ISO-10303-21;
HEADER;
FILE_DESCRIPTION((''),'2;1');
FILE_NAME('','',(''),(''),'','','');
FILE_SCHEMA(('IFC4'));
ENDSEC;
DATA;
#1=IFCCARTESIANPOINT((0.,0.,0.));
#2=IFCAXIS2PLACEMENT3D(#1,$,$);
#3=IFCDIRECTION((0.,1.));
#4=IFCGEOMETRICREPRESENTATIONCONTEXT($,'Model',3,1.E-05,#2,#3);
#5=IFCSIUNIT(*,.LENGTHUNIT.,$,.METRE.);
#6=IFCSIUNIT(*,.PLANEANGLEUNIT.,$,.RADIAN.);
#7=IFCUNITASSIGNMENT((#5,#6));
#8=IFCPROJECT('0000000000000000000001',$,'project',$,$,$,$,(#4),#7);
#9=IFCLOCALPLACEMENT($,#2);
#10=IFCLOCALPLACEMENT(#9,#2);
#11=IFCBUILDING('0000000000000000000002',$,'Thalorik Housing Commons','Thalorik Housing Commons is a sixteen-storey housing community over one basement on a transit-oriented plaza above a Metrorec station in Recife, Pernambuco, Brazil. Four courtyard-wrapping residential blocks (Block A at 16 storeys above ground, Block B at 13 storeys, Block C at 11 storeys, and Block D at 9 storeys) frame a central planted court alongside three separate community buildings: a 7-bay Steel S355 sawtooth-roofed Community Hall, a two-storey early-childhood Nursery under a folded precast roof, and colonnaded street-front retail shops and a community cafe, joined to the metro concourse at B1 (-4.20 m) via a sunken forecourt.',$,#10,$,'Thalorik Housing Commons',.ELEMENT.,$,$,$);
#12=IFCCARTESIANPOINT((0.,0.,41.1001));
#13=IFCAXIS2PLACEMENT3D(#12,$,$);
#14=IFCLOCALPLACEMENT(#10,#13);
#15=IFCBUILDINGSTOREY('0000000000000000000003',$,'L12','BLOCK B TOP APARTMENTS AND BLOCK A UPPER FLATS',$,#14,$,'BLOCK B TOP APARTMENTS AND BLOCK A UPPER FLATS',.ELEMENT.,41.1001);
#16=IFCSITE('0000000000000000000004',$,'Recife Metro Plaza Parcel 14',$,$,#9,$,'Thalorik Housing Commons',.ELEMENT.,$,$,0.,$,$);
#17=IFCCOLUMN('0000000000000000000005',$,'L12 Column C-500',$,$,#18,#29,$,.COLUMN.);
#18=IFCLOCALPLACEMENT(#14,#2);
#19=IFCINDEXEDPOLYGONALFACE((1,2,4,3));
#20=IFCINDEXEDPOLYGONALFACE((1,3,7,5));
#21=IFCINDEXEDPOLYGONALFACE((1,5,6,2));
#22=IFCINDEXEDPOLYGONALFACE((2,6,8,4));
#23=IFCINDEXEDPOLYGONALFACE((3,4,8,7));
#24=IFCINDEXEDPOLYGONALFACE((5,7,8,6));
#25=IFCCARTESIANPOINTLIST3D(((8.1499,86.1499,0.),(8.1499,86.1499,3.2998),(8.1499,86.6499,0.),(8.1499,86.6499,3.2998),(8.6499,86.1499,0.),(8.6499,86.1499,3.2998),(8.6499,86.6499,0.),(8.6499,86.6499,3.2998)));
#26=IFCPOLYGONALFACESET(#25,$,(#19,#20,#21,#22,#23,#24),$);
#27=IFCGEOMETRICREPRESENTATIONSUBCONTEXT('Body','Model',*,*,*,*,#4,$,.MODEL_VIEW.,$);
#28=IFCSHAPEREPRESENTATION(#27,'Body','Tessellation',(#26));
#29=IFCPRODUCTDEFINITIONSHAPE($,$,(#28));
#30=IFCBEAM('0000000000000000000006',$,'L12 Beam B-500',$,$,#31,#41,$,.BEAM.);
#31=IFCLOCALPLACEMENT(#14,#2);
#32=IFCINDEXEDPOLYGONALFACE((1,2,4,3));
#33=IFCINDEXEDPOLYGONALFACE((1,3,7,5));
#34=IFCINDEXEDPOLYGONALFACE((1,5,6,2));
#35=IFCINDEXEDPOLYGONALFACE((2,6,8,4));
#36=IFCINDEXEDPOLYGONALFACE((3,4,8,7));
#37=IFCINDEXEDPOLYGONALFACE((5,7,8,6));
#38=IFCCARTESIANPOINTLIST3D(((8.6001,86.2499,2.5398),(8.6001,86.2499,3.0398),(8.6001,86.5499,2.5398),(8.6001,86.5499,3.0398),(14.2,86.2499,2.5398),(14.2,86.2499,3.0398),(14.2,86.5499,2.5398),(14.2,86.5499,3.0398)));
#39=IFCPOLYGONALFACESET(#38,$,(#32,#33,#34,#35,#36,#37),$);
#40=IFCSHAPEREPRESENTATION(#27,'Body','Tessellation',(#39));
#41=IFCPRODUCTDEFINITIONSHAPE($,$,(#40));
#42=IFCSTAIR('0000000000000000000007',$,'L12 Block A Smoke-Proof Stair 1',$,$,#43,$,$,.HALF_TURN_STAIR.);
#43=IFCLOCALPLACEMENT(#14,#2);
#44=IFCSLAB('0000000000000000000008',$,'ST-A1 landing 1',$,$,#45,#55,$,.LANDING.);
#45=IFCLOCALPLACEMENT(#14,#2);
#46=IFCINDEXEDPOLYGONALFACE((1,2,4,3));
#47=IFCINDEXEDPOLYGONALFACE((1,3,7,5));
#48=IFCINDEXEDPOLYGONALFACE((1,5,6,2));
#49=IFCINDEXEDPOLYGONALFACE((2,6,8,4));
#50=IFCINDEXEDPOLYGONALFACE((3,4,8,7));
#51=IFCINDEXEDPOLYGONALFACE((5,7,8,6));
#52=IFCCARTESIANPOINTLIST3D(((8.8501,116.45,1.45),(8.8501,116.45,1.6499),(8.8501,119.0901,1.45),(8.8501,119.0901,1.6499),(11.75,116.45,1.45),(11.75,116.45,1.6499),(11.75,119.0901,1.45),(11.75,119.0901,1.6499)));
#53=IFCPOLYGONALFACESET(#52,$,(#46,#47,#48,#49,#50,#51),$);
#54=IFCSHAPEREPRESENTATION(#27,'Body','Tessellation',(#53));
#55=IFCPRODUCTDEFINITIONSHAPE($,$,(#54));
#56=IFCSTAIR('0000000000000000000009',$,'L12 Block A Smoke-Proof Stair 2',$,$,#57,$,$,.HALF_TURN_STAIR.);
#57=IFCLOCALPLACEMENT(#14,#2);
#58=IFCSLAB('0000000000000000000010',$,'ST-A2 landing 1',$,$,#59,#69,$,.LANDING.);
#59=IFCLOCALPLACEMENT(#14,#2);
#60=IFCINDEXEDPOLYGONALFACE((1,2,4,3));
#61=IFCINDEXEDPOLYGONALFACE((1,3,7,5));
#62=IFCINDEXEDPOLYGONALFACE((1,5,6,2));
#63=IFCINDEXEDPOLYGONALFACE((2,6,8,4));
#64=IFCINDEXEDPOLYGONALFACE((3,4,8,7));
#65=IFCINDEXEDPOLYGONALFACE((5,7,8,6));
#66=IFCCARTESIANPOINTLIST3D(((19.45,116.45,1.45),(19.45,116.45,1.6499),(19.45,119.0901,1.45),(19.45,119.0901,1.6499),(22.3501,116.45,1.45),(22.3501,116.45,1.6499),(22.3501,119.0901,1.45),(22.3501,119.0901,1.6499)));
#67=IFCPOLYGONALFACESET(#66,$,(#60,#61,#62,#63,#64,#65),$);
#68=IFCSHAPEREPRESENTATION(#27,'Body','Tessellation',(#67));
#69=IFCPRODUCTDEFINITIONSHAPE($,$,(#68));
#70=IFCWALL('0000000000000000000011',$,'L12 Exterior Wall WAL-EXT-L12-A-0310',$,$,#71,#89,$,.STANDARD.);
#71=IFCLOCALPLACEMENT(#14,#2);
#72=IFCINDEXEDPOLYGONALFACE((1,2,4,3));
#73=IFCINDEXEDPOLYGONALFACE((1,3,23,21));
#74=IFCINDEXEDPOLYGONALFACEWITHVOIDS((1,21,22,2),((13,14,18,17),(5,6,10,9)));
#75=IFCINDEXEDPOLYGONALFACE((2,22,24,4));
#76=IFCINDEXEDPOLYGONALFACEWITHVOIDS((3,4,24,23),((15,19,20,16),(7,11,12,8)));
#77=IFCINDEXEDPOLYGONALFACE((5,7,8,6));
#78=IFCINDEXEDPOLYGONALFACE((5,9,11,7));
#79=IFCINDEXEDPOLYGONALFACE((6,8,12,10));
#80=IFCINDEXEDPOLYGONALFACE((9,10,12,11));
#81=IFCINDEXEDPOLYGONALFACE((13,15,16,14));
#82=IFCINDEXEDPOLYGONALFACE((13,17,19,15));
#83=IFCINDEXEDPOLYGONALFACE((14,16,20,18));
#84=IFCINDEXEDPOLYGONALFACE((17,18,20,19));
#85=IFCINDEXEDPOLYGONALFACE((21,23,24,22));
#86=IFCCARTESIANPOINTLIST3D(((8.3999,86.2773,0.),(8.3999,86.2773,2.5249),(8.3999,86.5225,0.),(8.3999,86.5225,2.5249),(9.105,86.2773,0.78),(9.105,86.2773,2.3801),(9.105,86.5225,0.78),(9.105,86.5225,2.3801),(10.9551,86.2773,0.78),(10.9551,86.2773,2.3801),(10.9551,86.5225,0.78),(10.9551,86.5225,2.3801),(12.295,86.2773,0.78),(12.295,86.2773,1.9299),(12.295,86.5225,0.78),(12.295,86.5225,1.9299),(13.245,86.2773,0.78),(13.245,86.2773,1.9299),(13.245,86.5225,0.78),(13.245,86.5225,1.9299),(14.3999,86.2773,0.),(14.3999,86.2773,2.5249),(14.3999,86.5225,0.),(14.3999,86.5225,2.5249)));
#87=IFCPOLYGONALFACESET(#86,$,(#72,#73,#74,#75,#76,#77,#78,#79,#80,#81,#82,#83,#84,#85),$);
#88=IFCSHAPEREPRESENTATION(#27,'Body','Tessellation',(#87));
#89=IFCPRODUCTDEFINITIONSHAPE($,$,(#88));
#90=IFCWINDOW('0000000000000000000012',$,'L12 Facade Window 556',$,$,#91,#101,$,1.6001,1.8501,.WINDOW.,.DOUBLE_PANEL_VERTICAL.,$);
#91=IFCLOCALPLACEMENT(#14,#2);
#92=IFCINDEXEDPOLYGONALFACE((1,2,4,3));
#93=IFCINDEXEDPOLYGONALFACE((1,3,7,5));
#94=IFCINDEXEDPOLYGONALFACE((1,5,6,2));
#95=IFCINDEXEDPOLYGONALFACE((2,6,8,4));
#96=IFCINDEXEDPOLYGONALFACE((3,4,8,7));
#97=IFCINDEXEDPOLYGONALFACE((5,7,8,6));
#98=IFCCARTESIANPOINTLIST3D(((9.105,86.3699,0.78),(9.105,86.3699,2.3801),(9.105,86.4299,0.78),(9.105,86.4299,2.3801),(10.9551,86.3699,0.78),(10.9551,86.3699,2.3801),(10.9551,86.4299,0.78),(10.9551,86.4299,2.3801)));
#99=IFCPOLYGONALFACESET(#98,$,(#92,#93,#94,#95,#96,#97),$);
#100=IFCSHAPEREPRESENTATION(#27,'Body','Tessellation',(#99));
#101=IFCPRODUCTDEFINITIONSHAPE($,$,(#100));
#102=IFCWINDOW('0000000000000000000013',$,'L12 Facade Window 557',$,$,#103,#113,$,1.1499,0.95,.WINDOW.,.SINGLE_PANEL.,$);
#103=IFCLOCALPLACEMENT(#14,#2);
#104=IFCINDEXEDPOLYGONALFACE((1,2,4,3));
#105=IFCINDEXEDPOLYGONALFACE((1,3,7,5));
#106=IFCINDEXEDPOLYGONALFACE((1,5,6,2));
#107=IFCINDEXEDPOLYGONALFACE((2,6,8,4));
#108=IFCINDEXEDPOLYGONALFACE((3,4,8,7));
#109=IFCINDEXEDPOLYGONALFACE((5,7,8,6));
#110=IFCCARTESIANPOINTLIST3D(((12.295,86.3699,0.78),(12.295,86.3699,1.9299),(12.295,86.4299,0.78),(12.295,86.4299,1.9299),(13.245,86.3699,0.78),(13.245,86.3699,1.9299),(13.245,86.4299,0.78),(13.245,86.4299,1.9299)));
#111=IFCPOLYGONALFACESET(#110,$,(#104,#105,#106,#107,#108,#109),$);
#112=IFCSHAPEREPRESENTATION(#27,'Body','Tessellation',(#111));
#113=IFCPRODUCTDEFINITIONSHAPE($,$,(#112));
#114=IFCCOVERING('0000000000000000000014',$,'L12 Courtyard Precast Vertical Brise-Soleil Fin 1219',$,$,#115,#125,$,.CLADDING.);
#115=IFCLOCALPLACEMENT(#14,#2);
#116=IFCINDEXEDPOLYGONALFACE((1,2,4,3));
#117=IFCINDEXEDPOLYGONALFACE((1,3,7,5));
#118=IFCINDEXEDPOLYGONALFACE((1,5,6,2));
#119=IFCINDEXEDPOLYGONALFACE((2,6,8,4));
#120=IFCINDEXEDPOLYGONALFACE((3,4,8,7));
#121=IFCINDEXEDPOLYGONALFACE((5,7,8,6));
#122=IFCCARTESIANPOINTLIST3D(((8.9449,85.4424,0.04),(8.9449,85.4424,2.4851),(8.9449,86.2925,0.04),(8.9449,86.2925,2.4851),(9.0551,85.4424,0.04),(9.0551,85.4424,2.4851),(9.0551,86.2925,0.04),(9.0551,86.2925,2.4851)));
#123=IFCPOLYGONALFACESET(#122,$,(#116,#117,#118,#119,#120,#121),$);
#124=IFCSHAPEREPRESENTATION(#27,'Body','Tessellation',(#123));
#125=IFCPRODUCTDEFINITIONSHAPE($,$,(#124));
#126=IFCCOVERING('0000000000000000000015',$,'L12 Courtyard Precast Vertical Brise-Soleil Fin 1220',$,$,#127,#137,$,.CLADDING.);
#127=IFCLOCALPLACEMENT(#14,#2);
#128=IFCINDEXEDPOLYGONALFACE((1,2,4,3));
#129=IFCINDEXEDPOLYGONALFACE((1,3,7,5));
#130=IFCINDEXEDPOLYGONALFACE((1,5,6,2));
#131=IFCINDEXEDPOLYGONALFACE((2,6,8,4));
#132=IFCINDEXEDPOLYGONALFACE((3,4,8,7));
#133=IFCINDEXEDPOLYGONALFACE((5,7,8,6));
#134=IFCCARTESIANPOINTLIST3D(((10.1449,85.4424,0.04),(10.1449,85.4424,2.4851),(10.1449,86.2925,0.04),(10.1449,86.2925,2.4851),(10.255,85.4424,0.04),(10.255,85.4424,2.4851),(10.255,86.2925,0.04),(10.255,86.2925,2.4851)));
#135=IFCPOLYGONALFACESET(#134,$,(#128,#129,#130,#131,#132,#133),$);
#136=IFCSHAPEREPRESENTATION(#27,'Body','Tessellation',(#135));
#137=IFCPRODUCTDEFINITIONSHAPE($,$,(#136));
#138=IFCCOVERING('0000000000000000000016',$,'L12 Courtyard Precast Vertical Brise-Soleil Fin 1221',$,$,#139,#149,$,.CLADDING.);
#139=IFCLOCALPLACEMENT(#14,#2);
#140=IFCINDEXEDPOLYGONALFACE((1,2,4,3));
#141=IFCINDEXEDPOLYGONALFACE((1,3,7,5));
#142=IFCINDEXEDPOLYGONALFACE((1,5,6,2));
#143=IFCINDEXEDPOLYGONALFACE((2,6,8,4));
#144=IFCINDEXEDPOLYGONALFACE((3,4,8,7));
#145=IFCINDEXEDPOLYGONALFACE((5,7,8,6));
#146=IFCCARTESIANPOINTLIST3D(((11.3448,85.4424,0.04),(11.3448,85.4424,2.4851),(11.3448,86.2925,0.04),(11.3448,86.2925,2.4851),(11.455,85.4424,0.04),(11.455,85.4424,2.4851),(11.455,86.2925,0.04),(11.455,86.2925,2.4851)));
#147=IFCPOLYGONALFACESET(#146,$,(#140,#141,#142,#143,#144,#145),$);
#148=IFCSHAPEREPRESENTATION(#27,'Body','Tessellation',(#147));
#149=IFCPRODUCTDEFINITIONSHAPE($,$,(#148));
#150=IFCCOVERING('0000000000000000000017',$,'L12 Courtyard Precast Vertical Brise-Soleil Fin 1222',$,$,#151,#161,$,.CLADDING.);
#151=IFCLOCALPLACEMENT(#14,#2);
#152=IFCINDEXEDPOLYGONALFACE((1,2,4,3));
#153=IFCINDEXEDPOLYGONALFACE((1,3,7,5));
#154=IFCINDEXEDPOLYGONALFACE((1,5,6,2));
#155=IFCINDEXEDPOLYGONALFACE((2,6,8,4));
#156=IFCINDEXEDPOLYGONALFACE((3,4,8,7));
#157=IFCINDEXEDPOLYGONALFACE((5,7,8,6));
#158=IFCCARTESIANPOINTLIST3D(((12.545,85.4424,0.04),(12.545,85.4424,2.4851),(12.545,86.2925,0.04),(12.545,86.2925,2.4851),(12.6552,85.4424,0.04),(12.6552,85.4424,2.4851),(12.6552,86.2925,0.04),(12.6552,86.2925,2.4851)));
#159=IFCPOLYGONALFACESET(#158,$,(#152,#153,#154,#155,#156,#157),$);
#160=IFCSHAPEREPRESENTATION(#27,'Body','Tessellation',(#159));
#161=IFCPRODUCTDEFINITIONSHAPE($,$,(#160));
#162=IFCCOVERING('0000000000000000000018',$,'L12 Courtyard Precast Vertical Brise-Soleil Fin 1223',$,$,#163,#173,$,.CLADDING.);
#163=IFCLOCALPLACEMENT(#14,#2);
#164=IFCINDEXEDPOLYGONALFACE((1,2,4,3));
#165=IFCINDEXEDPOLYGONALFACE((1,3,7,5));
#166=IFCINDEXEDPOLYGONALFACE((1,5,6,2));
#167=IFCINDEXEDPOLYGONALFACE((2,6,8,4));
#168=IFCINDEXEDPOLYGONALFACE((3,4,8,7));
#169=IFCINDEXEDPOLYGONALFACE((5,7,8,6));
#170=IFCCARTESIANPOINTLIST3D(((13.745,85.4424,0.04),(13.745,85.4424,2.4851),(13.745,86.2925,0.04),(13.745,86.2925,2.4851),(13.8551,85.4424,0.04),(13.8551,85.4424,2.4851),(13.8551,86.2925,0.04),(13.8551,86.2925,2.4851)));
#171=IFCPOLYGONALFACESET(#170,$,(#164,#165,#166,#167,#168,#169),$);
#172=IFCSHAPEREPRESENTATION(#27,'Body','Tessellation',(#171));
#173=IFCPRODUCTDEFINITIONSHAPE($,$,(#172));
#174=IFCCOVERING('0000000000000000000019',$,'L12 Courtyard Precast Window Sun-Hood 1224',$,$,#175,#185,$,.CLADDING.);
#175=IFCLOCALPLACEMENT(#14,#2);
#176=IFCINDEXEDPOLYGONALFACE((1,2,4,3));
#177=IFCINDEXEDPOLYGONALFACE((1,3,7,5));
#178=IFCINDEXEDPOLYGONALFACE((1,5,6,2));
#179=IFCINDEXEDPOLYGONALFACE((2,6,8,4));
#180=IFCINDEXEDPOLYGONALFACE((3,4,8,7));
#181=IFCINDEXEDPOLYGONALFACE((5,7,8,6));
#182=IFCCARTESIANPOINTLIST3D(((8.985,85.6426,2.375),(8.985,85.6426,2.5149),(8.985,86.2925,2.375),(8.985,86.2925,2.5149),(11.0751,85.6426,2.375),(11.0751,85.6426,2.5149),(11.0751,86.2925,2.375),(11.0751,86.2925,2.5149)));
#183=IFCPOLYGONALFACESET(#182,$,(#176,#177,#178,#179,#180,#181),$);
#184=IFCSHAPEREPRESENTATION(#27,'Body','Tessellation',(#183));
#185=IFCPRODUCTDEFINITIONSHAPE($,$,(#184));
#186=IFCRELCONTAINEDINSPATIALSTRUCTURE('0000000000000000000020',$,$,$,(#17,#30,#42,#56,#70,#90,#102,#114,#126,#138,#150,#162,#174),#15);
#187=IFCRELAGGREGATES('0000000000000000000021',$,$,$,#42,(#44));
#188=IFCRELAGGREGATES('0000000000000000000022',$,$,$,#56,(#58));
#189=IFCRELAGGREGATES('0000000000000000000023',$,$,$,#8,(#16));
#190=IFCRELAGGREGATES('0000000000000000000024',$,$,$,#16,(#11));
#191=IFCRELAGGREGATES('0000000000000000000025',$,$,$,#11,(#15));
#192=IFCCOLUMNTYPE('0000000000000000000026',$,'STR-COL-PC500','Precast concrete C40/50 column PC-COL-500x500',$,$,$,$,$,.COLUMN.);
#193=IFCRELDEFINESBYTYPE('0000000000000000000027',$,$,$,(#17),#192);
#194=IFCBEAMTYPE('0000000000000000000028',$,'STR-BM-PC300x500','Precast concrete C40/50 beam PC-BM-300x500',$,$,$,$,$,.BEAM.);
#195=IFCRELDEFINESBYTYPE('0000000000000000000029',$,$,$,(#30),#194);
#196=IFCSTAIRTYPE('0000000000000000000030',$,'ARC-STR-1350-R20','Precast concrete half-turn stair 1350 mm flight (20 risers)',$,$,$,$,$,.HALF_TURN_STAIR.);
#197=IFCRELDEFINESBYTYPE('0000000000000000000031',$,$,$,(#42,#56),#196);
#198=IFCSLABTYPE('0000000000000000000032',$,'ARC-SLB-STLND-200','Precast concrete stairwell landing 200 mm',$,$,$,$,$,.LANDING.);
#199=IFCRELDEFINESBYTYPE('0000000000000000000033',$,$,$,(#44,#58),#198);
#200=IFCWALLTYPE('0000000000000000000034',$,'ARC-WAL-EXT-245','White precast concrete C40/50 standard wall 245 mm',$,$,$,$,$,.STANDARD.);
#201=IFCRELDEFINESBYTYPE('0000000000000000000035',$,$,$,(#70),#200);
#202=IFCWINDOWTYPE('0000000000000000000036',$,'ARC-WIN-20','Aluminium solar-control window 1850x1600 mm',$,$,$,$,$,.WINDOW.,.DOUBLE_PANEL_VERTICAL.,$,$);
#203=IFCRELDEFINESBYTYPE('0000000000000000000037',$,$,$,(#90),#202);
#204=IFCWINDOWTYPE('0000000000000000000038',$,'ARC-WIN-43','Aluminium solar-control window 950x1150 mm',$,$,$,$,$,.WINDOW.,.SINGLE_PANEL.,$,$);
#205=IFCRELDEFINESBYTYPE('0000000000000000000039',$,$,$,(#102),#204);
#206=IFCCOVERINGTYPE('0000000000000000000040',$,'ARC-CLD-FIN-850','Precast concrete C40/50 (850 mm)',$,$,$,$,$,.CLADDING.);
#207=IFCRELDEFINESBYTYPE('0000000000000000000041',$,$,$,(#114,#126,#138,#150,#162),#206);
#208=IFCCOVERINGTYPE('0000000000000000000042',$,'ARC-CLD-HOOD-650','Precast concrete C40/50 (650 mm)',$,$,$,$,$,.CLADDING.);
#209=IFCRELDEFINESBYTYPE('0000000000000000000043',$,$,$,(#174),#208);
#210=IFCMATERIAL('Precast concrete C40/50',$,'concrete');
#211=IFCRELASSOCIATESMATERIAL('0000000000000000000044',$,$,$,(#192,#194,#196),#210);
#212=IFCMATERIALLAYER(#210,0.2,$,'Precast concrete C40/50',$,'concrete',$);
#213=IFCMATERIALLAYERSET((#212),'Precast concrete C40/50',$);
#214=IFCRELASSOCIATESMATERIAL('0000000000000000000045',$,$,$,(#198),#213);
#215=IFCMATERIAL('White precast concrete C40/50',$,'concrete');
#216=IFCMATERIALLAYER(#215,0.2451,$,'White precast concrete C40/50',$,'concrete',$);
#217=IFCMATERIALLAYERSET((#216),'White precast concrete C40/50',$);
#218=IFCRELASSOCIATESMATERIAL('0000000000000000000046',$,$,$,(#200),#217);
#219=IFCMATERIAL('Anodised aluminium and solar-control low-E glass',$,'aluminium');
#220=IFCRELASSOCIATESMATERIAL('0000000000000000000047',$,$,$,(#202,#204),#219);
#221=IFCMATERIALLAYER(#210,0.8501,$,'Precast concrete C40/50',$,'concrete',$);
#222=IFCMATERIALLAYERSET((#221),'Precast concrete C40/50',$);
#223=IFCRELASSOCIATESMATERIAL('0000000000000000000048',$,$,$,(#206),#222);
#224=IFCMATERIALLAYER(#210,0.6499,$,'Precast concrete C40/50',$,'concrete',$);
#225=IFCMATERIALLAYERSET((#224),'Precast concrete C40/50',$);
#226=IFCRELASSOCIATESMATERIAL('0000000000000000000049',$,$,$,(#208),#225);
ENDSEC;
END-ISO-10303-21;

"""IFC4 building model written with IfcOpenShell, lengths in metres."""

from ifc_helpers import new_model, si_unit, direction, frame, frame_2d, origin, origin_2d, place, context, subcontext, project, spatial, polyline, rectangle, outline, extrude, material, layer, layer_set, material_profile, profile_set, type_object, element, fill, aggregate, save


model = new_model("IFC4")

# Units and contexts
model_context = context("Model", 3, precision=1e-05, world=origin(), true_north=direction((0.0, 1.0)))
body_context = subcontext(model_context, "Body", "Model", "MODEL_VIEW")
ifc_project = project(units=[si_unit("LENGTHUNIT", "METRE"), si_unit("PLANEANGLEUNIT", "RADIAN")], contexts=[model_context])

# Site, building, storey
site_placement = place(None, origin())
site = spatial("IfcSite", under=ifc_project, at=site_placement, Name="Recife Metro Plaza Parcel 14", LongName="Thalorik Housing Commons", CompositionType="ELEMENT", RefElevation=0.0)
building_placement = place(site_placement, origin())
building = spatial("IfcBuilding", under=site, at=building_placement, Name="Thalorik Housing Commons", Description="Thalorik Housing Commons is a sixteen-storey housing community over one basement on a transit-oriented plaza above a Metrorec station in Recife, Pernambuco, Brazil. Four courtyard-wrapping residential blocks (Block A at 16 storeys above ground, Block B at 13 storeys, Block C at 11 storeys, and Block D at 9 storeys) frame a central planted court alongside three separate community buildings: a 7-bay Steel S355 sawtooth-roofed Community Hall, a two-storey early-childhood Nursery under a folded precast roof, and colonnaded street-front retail shops and a community cafe, joined to the metro concourse at B1 (-4.20 m) via a sunken forecourt.", LongName="Thalorik Housing Commons", CompositionType="ELEMENT")
storey_placement = place(building_placement, frame((0.0, 0.0, 41.1001)))
storey = spatial("IfcBuildingStorey", under=building, at=storey_placement, Name="L12", Description="BLOCK B TOP APARTMENTS AND BLOCK A UPPER FLATS", LongName="BLOCK B TOP APARTMENTS AND BLOCK A UPPER FLATS", CompositionType="ELEMENT", Elevation=41.1001)

# Column
ifc_material_1 = material(Name="Precast concrete C40/50", Category="concrete")
ifc_material_profile_1 = material_profile(ifc_material_1, rectangle(XDim=0.5, YDim=0.5, at=origin_2d()), Name="PC 500x500", Category="concrete")
ifc_profile_set_1 = profile_set([ifc_material_profile_1], Name="Precast concrete C40/50")
column_type = type_object("IfcColumnType", Name="STR-COL-PC500", Description="Precast concrete C40/50 column PC-COL-500x500", PredefinedType="COLUMN", material=ifc_profile_set_1)
column_placement = place(storey_placement, frame((8.3999, 86.3999, 0.0), z_axis=(0.0, 0.0, 1.0), x_axis=(1.0, 0.0, 0.0)))
element("IfcColumn", 1, at=column_placement, inside=storey, type_object=column_type, Name="L12 Column C-500", PredefinedType="COLUMN", context=body_context, shape_type="SweptSolid", body=[
    extrude(rectangle(XDim=0.5, YDim=0.5, at=origin_2d()), origin(), (0.0, 0.0, 1.0), 3.2998),
])

# Beam
ifc_material_profile_2 = material_profile(ifc_material_1, rectangle(XDim=0.3, YDim=0.5, at=origin_2d()), Name="PC 300x500", Category="concrete")
ifc_profile_set_2 = profile_set([ifc_material_profile_2], Name="Precast concrete C40/50")
beam_type = type_object("IfcBeamType", Name="STR-BM-PC300x500", Description="Precast concrete C40/50 beam PC-BM-300x500", PredefinedType="BEAM", material=ifc_profile_set_2)
beam_placement = place(storey_placement, frame((8.6001, 86.3999, 2.7898), z_axis=(1.0, 0.0, 0.0), x_axis=(0.0, 1.0, 0.0)))
element("IfcBeam", 2, at=beam_placement, inside=storey, type_object=beam_type, Name="L12 Beam B-500", PredefinedType="BEAM", context=body_context, shape_type="SweptSolid", body=[
    extrude(rectangle(XDim=0.3, YDim=0.5, at=origin_2d()), origin(), (0.0, 0.0, 1.0), 5.5999),
])

# Stairs, slabs
stair_type = type_object("IfcStairType", Name="ARC-STR-1350-R20", Description="Precast concrete half-turn stair 1350 mm flight (20 risers)", PredefinedType="HALF_TURN_STAIR", material=ifc_material_1)
stair_1_placement = place(storey_placement, origin())
stair_1 = element("IfcStair", 3, at=stair_1_placement, inside=storey, type_object=stair_type, Name="L12 Block A Smoke-Proof Stair 1", PredefinedType="HALF_TURN_STAIR")
ifc_layer_1 = layer(ifc_material_1, 0.2, Name="Precast concrete C40/50", Category="concrete")
ifc_layer_set_1 = layer_set([ifc_layer_1], Name="Precast concrete C40/50")
slab_type = type_object("IfcSlabType", Name="ARC-SLB-STLND-200", Description="Precast concrete stairwell landing 200 mm", PredefinedType="LANDING", material=ifc_layer_set_1)
slab_1_placement = place(storey_placement, frame((0.0, 0.0, 1.45)))
slab_1 = element("IfcSlab", 4, at=slab_1_placement, type_object=slab_type, Name="ST-A1 landing 1", PredefinedType="LANDING", context=body_context, shape_type="SweptSolid", body=[
    extrude(outline(polyline([(8.8501, 119.0901), (8.8501, 116.45), (11.75, 116.45), (11.75, 119.0901), (8.8501, 119.0901)])), origin(), (0.0, 0.0, 1.0), 0.2),
])
aggregate(stair_1, [slab_1])
stair_2_placement = place(storey_placement, origin())
stair_2 = element("IfcStair", 5, at=stair_2_placement, inside=storey, type_object=stair_type, Name="L12 Block A Smoke-Proof Stair 2", PredefinedType="HALF_TURN_STAIR")
slab_2_placement = place(storey_placement, frame((0.0, 0.0, 1.45)))
slab_2 = element("IfcSlab", 6, at=slab_2_placement, type_object=slab_type, Name="ST-A2 landing 1", PredefinedType="LANDING", context=body_context, shape_type="SweptSolid", body=[
    extrude(outline(polyline([(19.45, 119.0901), (19.45, 116.45), (22.3501, 116.45), (22.3501, 119.0901), (19.45, 119.0901)])), origin(), (0.0, 0.0, 1.0), 0.2),
])
aggregate(stair_2, [slab_2])

# Wall, openings, windows
ifc_material_2 = material(Name="White precast concrete C40/50", Category="concrete")
ifc_layer_2 = layer(ifc_material_2, 0.2451, Name="White precast concrete C40/50", Category="concrete")
ifc_layer_set_2 = layer_set([ifc_layer_2], Name="White precast concrete C40/50")
wall_type = type_object("IfcWallType", Name="ARC-WAL-EXT-245", Description="White precast concrete C40/50 standard wall 245 mm", PredefinedType="STANDARD", material=ifc_layer_set_2)
wall_placement = place(storey_placement, frame((8.3999, 86.3999, 0.0), z_axis=(0.0, 0.0, 1.0), x_axis=(1.0, 0.0, 0.0)))
wall = element("IfcWall", 7, at=wall_placement, inside=storey, type_object=wall_type, Name="L12 Exterior Wall WAL-EXT-L12-A-0310", PredefinedType="STANDARD", context=body_context, shape_type="SweptSolid", body=[
    extrude(rectangle(XDim=6.0, YDim=0.2451, at=frame_2d((3.0, 0.0))), origin(), (0.0, 0.0, 1.0), 2.5249),
])
opening_1_placement = place(wall_placement, frame((0.7051, 0.0, 0.78)))
opening_1 = element("IfcOpeningElement", 8, at=opening_1_placement, cuts=wall, PredefinedType="OPENING", context=body_context, shape_type="SweptSolid", body=[
    extrude(rectangle(XDim=1.8501, YDim=1.6001, at=frame_2d((0.925, 0.8))), frame((0.0, 0.1326, 0.0), z_axis=(0.0, -1.0, 0.0), x_axis=(1.0, 0.0, 0.0)), (0.0, 0.0, 1.0), 0.2651),
])
opening_2_placement = place(wall_placement, frame((3.895, 0.0, 0.78)))
opening_2 = element("IfcOpeningElement", 9, at=opening_2_placement, cuts=wall, PredefinedType="OPENING", context=body_context, shape_type="SweptSolid", body=[
    extrude(rectangle(XDim=0.95, YDim=1.1499, at=frame_2d((0.4751, 0.575))), frame((0.0, 0.1326, 0.0), z_axis=(0.0, -1.0, 0.0), x_axis=(1.0, 0.0, 0.0)), (0.0, 0.0, 1.0), 0.2651),
])
ifc_material_3 = material(Name="Anodised aluminium and solar-control low-E glass", Category="aluminium")
window_type_1 = type_object("IfcWindowType", Name="ARC-WIN-20", Description="Aluminium solar-control window 1850x1600 mm", PartitioningType="DOUBLE_PANEL_VERTICAL", PredefinedType="WINDOW", material=ifc_material_3)
window_1_placement = place(opening_1_placement, origin())
window_1 = element("IfcWindow", 10, at=window_1_placement, inside=storey, type_object=window_type_1, Name="L12 Facade Window 556", OverallHeight=1.6001, OverallWidth=1.8501, PartitioningType="DOUBLE_PANEL_VERTICAL", PredefinedType="WINDOW", context=body_context, shape_type="SweptSolid", body=[
    extrude(rectangle(XDim=1.8501, YDim=1.6001, at=frame_2d((0.925, 0.8))), frame((0.0, 0.03, 0.0), z_axis=(0.0, -1.0, 0.0), x_axis=(1.0, 0.0, 0.0)), (0.0, 0.0, 1.0), 0.0601),
])
fill(opening_1, window_1)
window_type_2 = type_object("IfcWindowType", Name="ARC-WIN-43", Description="Aluminium solar-control window 950x1150 mm", PartitioningType="SINGLE_PANEL", PredefinedType="WINDOW", material=ifc_material_3)
window_2_placement = place(opening_2_placement, origin())
window_2 = element("IfcWindow", 11, at=window_2_placement, inside=storey, type_object=window_type_2, Name="L12 Facade Window 557", OverallHeight=1.1499, OverallWidth=0.95, PartitioningType="SINGLE_PANEL", PredefinedType="WINDOW", context=body_context, shape_type="SweptSolid", body=[
    extrude(rectangle(XDim=0.95, YDim=1.1499, at=frame_2d((0.4751, 0.575))), frame((0.0, 0.03, 0.0), z_axis=(0.0, -1.0, 0.0), x_axis=(1.0, 0.0, 0.0)), (0.0, 0.0, 1.0), 0.0601),
])
fill(opening_2, window_2)

# Coverings
ifc_layer_3 = layer(ifc_material_1, 0.8501, Name="Precast concrete C40/50", Category="concrete")
ifc_layer_set_3 = layer_set([ifc_layer_3], Name="Precast concrete C40/50")
covering_type_1 = type_object("IfcCoveringType", Name="ARC-CLD-FIN-850", Description="Precast concrete C40/50 (850 mm)", PredefinedType="CLADDING", material=ifc_layer_set_3)
for number, where, z_axis, x_axis, name in (
    (12, (9.0, 85.8674, 0.04), (0.0, 0.0, 1.0), (1.0, 0.0, 0.0), "L12 Courtyard Precast Vertical Brise-Soleil Fin 1219"),
    (13, (10.2, 85.8674, 0.04), (0.0, 0.0, 1.0), (1.0, 0.0, 0.0), "L12 Courtyard Precast Vertical Brise-Soleil Fin 1220"),
    (14, (11.3999, 85.8674, 0.04), (0.0, 0.0, 1.0), (1.0, 0.0, 0.0), "L12 Courtyard Precast Vertical Brise-Soleil Fin 1221"),
    (15, (12.6001, 85.8674, 0.04), (0.0, 0.0, 1.0), (1.0, 0.0, 0.0), "L12 Courtyard Precast Vertical Brise-Soleil Fin 1222"),
    (16, (13.8, 85.8674, 0.04), (0.0, 0.0, 1.0), (1.0, 0.0, 0.0), "L12 Courtyard Precast Vertical Brise-Soleil Fin 1223"),
):
    element("IfcCovering", number, at=place(storey_placement, frame(where, z_axis=z_axis, x_axis=x_axis)), inside=storey, type_object=covering_type_1, Name=name, PredefinedType="CLADDING", context=body_context, shape_type="SweptSolid", body=[
        extrude(rectangle(XDim=0.1101, YDim=0.8501, at=origin_2d()), origin(), (0.0, 0.0, 1.0), 2.4451),
    ])
ifc_layer_4 = layer(ifc_material_1, 0.6499, Name="Precast concrete C40/50", Category="concrete")
ifc_layer_set_4 = layer_set([ifc_layer_4], Name="Precast concrete C40/50")
covering_type_2 = type_object("IfcCoveringType", Name="ARC-CLD-HOOD-650", Description="Precast concrete C40/50 (650 mm)", PredefinedType="CLADDING", material=ifc_layer_set_4)
covering_1_placement = place(storey_placement, frame((10.03, 85.9675, 2.375), z_axis=(0.0, 0.0, 1.0), x_axis=(1.0, 0.0, 0.0)))
element("IfcCovering", 17, at=covering_1_placement, inside=storey, type_object=covering_type_2, Name="L12 Courtyard Precast Window Sun-Hood 1224", PredefinedType="CLADDING", context=body_context, shape_type="SweptSolid", body=[
    extrude(rectangle(XDim=2.0901, YDim=0.6499, at=origin_2d()), origin(), (0.0, 0.0, 1.0), 0.1399),
])

save(model, "model.ifc")
